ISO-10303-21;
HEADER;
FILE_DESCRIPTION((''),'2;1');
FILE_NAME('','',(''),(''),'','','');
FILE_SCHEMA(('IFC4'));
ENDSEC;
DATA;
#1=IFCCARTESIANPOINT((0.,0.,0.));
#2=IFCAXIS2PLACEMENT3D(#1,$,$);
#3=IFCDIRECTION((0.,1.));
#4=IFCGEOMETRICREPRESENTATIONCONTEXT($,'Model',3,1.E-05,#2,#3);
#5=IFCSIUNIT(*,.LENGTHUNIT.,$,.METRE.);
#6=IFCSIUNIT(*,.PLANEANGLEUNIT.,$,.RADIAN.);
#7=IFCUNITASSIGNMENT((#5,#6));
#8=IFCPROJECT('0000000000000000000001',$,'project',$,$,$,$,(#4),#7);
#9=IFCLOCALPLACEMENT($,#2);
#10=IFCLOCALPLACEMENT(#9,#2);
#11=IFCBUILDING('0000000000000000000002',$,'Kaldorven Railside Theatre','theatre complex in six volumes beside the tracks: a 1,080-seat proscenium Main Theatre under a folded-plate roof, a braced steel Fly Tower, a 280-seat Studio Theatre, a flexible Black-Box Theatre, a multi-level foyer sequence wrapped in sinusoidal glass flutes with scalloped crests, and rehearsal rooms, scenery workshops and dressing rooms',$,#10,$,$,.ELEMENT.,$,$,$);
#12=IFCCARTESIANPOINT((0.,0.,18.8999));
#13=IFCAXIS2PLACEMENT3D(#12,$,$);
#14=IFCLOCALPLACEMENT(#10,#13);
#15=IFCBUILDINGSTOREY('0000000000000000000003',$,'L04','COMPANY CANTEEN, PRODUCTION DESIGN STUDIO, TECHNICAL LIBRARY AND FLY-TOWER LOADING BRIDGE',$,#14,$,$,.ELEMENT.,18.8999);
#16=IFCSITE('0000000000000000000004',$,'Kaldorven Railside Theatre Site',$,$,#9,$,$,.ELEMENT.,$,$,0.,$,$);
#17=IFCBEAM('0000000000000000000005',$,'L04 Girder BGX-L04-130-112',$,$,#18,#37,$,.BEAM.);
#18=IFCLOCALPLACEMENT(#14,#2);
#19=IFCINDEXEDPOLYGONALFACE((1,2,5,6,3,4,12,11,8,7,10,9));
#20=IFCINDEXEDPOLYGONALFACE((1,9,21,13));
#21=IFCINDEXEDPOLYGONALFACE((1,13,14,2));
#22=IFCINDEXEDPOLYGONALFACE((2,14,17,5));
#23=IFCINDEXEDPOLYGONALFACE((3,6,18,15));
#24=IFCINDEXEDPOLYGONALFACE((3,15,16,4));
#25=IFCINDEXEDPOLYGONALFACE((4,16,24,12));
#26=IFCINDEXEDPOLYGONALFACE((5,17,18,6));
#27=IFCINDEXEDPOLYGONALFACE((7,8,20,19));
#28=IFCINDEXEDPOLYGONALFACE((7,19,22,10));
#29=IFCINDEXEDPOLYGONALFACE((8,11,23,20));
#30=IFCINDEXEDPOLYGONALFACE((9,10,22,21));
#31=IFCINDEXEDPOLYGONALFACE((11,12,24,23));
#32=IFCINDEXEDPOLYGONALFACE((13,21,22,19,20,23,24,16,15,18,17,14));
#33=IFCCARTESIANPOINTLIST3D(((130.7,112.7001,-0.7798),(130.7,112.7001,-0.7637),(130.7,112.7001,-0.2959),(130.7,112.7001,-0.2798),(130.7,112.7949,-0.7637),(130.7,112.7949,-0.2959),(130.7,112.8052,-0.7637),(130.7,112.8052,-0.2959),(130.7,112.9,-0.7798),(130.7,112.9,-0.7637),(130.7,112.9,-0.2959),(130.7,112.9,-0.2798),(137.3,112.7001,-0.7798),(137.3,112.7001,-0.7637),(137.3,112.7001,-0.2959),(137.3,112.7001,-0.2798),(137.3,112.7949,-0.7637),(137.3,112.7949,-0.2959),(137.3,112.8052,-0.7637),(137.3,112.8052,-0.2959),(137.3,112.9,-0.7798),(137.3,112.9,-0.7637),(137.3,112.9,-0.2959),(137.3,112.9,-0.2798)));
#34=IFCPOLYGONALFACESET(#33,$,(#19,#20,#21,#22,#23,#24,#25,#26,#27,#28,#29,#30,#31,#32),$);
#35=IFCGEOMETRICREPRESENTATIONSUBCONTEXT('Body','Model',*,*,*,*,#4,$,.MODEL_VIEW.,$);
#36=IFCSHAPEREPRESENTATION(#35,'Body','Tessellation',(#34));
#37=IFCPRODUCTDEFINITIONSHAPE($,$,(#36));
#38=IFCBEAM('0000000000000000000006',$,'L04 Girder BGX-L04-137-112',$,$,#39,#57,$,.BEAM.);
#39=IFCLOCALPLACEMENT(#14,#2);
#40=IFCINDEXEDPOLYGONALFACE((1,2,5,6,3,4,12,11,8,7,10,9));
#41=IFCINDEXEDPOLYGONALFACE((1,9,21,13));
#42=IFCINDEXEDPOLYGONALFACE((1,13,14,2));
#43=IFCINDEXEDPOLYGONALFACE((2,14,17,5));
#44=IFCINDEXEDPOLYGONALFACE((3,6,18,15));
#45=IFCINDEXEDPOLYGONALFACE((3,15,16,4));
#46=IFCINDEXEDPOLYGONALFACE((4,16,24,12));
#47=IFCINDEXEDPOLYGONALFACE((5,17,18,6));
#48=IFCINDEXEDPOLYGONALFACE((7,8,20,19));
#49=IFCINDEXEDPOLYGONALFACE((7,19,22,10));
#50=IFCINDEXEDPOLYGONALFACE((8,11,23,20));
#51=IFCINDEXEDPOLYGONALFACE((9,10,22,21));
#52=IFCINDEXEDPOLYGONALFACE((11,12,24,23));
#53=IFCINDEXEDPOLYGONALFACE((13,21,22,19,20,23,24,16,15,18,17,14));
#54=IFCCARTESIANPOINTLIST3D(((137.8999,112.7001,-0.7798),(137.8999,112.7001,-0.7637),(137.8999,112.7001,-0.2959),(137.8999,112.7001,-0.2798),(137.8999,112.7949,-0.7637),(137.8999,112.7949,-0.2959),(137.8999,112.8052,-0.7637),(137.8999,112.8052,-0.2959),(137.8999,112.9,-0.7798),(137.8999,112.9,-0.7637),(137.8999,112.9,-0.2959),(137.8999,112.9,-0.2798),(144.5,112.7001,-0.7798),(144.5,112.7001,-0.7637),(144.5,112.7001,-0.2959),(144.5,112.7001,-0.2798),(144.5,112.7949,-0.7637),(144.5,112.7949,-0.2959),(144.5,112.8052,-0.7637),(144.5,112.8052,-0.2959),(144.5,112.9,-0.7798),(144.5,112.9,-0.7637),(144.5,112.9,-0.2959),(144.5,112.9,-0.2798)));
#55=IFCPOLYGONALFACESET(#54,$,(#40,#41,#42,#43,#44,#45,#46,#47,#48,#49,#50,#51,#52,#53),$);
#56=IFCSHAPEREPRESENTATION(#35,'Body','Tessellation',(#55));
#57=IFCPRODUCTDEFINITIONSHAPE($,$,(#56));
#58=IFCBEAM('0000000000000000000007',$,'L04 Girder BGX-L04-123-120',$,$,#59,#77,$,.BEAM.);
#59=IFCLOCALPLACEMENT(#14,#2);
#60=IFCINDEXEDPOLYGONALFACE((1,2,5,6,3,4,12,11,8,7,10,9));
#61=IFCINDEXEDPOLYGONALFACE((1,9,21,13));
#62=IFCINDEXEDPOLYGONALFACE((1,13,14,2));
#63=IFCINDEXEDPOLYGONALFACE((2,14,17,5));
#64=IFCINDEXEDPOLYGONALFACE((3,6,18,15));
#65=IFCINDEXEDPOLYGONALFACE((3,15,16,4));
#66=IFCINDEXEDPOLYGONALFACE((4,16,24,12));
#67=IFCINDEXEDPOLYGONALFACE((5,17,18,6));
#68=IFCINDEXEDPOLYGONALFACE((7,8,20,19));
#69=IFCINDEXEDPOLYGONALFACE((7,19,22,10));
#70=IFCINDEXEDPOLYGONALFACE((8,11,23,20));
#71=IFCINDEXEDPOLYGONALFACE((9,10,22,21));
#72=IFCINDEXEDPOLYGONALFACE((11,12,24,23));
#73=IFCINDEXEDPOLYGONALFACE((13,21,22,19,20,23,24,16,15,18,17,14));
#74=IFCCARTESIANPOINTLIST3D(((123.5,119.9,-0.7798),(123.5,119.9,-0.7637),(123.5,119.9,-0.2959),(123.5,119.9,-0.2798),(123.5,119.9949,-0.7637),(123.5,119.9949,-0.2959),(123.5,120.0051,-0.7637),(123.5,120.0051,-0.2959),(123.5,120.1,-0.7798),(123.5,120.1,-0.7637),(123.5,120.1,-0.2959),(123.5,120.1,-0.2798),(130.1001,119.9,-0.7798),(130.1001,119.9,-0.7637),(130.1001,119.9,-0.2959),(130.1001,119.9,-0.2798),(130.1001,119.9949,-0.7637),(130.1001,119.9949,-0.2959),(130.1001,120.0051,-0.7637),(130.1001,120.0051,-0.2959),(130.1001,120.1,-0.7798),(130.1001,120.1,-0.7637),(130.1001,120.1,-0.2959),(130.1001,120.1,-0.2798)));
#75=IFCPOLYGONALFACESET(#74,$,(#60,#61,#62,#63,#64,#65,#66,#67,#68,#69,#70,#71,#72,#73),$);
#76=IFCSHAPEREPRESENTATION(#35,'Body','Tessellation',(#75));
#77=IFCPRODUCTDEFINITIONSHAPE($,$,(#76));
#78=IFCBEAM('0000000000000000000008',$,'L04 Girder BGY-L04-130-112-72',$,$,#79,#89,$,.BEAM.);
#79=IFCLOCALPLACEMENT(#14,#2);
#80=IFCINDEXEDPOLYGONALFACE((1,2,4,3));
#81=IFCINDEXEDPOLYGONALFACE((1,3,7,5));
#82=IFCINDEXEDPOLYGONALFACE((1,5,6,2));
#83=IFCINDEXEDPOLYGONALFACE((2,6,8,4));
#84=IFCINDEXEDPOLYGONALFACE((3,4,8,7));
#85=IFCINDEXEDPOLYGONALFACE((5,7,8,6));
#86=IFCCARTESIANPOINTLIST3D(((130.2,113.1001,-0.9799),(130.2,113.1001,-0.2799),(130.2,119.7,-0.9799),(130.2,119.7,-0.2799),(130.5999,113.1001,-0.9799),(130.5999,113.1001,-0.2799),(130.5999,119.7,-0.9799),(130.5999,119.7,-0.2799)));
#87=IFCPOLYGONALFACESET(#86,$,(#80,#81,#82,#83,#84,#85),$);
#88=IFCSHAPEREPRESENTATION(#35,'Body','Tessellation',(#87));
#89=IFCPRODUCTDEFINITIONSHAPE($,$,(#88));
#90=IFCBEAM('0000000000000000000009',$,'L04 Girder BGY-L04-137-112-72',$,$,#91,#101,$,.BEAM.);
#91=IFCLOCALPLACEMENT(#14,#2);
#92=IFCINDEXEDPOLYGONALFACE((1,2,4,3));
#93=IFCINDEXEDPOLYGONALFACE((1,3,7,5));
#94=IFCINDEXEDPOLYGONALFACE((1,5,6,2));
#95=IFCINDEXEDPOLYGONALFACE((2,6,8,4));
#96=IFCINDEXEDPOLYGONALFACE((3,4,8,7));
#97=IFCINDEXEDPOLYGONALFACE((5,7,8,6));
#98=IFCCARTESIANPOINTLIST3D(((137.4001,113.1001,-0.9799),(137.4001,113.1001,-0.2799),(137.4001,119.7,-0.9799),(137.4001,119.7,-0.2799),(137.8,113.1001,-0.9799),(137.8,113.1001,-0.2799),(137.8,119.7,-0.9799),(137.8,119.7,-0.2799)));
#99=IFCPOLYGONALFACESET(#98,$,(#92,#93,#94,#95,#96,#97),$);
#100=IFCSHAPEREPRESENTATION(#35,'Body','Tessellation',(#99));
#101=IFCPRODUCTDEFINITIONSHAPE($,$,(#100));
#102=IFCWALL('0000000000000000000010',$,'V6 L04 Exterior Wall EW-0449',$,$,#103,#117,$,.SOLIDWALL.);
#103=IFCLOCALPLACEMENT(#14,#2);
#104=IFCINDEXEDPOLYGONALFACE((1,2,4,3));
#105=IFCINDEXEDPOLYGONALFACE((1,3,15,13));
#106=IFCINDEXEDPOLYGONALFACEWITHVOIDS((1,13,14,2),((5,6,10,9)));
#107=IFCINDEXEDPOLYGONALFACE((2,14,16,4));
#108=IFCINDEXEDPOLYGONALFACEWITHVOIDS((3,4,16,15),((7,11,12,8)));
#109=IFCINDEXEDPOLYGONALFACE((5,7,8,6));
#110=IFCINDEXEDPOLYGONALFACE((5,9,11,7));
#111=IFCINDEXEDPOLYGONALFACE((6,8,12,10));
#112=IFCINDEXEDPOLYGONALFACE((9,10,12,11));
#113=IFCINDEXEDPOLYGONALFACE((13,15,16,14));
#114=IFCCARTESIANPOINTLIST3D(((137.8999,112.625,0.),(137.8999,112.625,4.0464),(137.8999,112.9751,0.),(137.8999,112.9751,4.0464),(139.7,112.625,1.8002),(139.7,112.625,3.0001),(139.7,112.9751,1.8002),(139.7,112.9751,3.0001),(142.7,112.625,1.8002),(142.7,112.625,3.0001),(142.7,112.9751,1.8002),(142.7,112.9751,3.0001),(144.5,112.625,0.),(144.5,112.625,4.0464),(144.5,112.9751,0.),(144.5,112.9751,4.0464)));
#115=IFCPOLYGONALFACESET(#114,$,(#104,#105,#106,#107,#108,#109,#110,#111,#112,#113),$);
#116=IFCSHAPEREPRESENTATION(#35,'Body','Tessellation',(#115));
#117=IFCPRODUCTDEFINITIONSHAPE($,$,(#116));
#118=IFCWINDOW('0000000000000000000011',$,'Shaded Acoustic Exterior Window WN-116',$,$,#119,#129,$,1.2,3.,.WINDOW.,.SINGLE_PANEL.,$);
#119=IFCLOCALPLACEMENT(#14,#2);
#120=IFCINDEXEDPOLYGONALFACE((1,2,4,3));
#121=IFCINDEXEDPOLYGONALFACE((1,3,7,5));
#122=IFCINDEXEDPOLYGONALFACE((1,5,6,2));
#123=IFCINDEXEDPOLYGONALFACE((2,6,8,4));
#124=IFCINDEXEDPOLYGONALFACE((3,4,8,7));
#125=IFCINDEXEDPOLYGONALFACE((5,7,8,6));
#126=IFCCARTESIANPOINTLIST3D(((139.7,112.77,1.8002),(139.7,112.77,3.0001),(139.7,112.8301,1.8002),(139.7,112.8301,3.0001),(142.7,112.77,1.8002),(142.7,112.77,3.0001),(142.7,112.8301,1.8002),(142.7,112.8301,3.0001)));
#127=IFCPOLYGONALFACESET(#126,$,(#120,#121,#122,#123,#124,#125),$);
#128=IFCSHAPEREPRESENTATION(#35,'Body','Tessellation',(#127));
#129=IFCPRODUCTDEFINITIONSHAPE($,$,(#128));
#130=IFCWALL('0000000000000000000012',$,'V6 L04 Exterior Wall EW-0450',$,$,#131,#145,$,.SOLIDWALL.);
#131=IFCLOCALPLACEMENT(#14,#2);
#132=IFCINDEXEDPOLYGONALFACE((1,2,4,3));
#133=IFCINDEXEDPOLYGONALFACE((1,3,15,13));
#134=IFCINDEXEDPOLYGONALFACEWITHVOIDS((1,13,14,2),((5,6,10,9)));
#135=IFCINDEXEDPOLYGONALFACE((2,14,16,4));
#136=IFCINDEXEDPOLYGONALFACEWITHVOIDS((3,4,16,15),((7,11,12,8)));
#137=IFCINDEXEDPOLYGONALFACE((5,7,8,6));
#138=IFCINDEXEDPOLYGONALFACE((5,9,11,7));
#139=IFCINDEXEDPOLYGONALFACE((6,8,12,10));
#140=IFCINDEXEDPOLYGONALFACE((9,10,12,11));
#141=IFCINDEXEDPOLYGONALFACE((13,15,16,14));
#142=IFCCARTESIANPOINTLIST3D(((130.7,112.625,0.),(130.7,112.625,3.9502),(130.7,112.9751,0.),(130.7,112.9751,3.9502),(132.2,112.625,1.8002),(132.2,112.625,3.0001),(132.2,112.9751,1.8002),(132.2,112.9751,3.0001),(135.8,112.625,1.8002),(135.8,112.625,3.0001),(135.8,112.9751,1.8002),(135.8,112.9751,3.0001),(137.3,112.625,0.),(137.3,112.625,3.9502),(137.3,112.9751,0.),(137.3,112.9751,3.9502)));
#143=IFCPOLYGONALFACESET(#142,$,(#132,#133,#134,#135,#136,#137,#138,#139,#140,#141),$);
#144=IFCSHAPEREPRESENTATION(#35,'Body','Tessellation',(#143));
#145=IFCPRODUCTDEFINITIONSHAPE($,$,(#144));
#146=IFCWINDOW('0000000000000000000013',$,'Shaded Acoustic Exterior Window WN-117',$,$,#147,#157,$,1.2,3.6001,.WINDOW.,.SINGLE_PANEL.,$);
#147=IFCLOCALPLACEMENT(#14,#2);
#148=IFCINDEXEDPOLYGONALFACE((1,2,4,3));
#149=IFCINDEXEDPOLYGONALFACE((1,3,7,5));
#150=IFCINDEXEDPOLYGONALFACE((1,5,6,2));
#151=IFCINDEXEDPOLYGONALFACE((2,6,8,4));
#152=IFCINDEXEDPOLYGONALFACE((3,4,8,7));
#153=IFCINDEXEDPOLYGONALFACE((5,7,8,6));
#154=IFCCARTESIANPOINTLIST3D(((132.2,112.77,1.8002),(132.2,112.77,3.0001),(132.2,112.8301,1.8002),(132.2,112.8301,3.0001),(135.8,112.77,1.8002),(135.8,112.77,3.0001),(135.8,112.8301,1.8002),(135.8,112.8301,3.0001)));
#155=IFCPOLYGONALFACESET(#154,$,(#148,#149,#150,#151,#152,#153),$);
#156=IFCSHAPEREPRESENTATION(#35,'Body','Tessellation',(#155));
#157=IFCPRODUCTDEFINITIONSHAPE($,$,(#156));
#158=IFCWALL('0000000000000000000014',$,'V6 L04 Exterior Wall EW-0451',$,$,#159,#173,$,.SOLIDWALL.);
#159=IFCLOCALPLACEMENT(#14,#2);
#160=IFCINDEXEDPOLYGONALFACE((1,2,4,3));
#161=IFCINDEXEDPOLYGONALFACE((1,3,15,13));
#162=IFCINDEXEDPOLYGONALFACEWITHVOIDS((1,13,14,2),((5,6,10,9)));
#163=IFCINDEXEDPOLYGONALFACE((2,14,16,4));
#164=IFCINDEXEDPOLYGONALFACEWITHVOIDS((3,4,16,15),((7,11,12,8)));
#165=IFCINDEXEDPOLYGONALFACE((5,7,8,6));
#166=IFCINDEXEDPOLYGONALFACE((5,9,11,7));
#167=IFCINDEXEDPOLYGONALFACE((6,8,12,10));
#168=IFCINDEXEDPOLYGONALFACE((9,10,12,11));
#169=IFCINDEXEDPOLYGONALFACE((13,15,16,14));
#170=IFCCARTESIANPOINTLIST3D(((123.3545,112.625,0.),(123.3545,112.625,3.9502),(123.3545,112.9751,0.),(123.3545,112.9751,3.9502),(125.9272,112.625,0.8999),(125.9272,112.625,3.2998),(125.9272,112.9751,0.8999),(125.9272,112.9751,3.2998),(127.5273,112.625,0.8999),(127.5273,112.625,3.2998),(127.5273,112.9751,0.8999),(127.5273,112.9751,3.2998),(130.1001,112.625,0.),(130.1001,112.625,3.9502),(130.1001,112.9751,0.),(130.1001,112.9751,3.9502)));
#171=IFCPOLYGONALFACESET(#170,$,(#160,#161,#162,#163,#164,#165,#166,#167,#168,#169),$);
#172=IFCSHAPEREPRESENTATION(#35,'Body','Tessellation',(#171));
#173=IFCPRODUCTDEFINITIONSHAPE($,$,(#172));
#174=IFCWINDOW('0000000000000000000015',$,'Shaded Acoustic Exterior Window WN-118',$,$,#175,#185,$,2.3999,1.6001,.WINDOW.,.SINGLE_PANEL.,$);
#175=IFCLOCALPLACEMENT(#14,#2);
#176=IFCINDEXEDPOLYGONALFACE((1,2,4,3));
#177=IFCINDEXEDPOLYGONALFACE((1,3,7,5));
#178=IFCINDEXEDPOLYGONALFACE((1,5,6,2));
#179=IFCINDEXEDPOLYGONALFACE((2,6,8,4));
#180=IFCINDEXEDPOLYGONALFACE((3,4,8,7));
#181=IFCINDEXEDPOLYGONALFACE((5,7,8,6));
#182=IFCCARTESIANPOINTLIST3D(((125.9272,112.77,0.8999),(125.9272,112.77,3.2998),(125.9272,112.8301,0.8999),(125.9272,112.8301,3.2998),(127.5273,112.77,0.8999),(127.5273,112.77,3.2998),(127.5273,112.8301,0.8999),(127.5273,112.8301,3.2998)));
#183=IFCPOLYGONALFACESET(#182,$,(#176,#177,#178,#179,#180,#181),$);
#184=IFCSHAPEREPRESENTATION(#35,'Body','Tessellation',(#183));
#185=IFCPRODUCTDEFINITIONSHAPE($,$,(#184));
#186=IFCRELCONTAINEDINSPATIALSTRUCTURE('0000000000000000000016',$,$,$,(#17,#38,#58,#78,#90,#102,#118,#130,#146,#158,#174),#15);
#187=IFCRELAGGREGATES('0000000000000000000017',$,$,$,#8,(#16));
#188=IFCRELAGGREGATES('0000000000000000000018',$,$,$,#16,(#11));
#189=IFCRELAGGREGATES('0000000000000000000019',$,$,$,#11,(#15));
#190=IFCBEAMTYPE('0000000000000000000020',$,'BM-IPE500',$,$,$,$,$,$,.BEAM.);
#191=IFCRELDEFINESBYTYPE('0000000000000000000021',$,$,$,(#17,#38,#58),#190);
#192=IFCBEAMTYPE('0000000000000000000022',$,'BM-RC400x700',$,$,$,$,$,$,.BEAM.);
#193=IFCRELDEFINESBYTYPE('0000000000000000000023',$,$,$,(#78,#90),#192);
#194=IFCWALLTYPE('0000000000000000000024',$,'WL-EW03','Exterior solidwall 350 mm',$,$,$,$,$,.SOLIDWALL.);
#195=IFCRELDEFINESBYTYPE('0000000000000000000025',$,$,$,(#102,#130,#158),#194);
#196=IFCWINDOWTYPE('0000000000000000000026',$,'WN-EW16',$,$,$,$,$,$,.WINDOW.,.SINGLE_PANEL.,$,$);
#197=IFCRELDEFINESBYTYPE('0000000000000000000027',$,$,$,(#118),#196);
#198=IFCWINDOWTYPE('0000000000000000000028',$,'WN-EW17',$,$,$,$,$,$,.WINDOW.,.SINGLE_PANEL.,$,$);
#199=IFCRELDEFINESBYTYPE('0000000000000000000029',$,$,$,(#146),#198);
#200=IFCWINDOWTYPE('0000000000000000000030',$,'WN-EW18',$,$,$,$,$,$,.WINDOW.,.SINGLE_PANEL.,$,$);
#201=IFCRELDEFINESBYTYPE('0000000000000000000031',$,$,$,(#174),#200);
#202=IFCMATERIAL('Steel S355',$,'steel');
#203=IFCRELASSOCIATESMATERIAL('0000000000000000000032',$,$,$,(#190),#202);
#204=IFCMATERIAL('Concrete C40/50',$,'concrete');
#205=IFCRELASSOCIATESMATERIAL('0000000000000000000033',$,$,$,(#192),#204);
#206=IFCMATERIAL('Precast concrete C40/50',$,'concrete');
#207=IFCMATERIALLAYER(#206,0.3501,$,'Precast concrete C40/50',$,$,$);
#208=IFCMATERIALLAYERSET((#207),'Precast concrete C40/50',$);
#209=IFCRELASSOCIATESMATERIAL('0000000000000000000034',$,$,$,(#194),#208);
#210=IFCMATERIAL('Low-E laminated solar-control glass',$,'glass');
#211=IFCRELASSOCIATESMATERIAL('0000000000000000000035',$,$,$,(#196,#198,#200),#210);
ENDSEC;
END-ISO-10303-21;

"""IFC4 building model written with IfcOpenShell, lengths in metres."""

from ifc_helpers import new_model, si_unit, direction, frame, frame_2d, origin, origin_2d, place, context, subcontext, project, spatial, rectangle, i_section, extrude, material, layer, layer_set, material_profile, profile_set, type_object, element, fill, save


model = new_model("IFC4")

# Units and contexts
model_context = context("Model", 3, precision=1e-05, world=origin(), true_north=direction((0.0, 1.0)))
body_context = subcontext(model_context, "Body", "Model", "MODEL_VIEW")
ifc_project = project(units=[si_unit("LENGTHUNIT", "METRE"), si_unit("PLANEANGLEUNIT", "RADIAN")], contexts=[model_context])

# Site, building, storey
site_placement = place(None, origin())
site = spatial("IfcSite", under=ifc_project, at=site_placement, Name="Kaldorven Railside Theatre Site", CompositionType="ELEMENT", RefElevation=0.0)
building_placement = place(site_placement, origin())
building = spatial("IfcBuilding", under=site, at=building_placement, Name="Kaldorven Railside Theatre", Description="theatre complex in six volumes beside the tracks: a 1,080-seat proscenium Main Theatre under a folded-plate roof, a braced steel Fly Tower, a 280-seat Studio Theatre, a flexible Black-Box Theatre, a multi-level foyer sequence wrapped in sinusoidal glass flutes with scalloped crests, and rehearsal rooms, scenery workshops and dressing rooms", CompositionType="ELEMENT")
storey_placement = place(building_placement, frame((0.0, 0.0, 18.8999)))
storey = spatial("IfcBuildingStorey", under=building, at=storey_placement, Name="L04", Description="COMPANY CANTEEN, PRODUCTION DESIGN STUDIO, TECHNICAL LIBRARY AND FLY-TOWER LOADING BRIDGE", CompositionType="ELEMENT", Elevation=18.8999)

# Shared definitions
ifc_material_1 = material(Name="Concrete C40/50", Category="concrete")

# Beams
ifc_material_2 = material(Name="Steel S355", Category="steel")
ifc_material_profile_1 = material_profile(ifc_material_2, i_section(OverallWidth=0.2, OverallDepth=0.5, WebThickness=0.0103, FlangeThickness=0.0161, at=origin_2d()), Name="IPE 500")
ifc_profile_set_1 = profile_set([ifc_material_profile_1], Name="Steel S355")
beam_type_1 = type_object("IfcBeamType", Name="BM-IPE500", PredefinedType="BEAM", material=ifc_profile_set_1)
for number, where, z_axis, x_axis, name in (
    (1, (130.7, 112.8, -0.5298), (1.0, 0.0, 0.0), (0.0, 1.0, 0.0), "L04 Girder BGX-L04-130-112"),
    (2, (137.8999, 112.8, -0.5298), (1.0, 0.0, 0.0), (0.0, 1.0, 0.0), "L04 Girder BGX-L04-137-112"),
    (3, (123.5, 120.0, -0.5298), (1.0, 0.0, 0.0), (0.0, 1.0, 0.0), "L04 Girder BGX-L04-123-120"),
):
    element("IfcBeam", number, at=place(storey_placement, frame(where, z_axis=z_axis, x_axis=x_axis)), inside=storey, type_object=beam_type_1, Name=name, PredefinedType="BEAM", context=body_context, shape_type="SweptSolid", body=[
        extrude(i_section(OverallWidth=0.2, OverallDepth=0.5, WebThickness=0.0103, FlangeThickness=0.0161, at=origin_2d()), origin(), (0.0, 0.0, 1.0), 6.6001),
    ])
ifc_material_profile_2 = material_profile(ifc_material_1, rectangle(XDim=0.3999, YDim=0.7, at=origin_2d()), Name="RC 400x700")
ifc_profile_set_2 = profile_set([ifc_material_profile_2], Name="Concrete C40/50")
beam_type_2 = type_object("IfcBeamType", Name="BM-RC400x700", PredefinedType="BEAM", material=ifc_profile_set_2)
for number, where, z_axis, x_axis, name in (
    (4, (130.3999, 113.1001, -0.6299), (0.0, 1.0, 0.0), (-1.0, 0.0, 0.0), "L04 Girder BGY-L04-130-112-72"),
    (5, (137.6001, 113.1001, -0.6299), (0.0, 1.0, 0.0), (-1.0, 0.0, 0.0), "L04 Girder BGY-L04-137-112-72"),
):
    element("IfcBeam", number, at=place(storey_placement, frame(where, z_axis=z_axis, x_axis=x_axis)), inside=storey, type_object=beam_type_2, Name=name, PredefinedType="BEAM", context=body_context, shape_type="SweptSolid", body=[
        extrude(rectangle(XDim=0.3999, YDim=0.7, at=origin_2d()), origin(), (0.0, 0.0, 1.0), 6.5999),
    ])

# Walls, openings, windows
ifc_material_3 = material(Name="Precast concrete C40/50", Category="concrete")
ifc_layer_1 = layer(ifc_material_3, 0.3501, Name="Precast concrete C40/50")
ifc_layer_set_1 = layer_set([ifc_layer_1], Name="Precast concrete C40/50")
wall_type_1 = type_object("IfcWallType", Name="WL-EW03", Description="Exterior solidwall 350 mm", PredefinedType="SOLIDWALL", material=ifc_layer_set_1)
wall_1_placement = place(storey_placement, frame((144.5, 112.8, 0.0), z_axis=(0.0, 0.0, 1.0), x_axis=(-1.0, 0.0, 0.0)))
wall_1 = element("IfcWall", 6, at=wall_1_placement, inside=storey, type_object=wall_type_1, Name="V6 L04 Exterior Wall EW-0449", PredefinedType="SOLIDWALL", context=body_context, shape_type="SweptSolid", body=[
    extrude(rectangle(XDim=6.6001, YDim=0.3501, at=frame_2d((3.3, 0.0))), origin(), (0.0, 0.0, 1.0), 4.0464),
])
opening_1_placement = place(wall_1_placement, frame((1.8, 0.0, 1.8)))
opening_1 = element("IfcOpeningElement", 7, at=opening_1_placement, cuts=wall_1, PredefinedType="OPENING", context=body_context, shape_type="SweptSolid", body=[
    extrude(rectangle(XDim=3.0, YDim=1.2, at=frame_2d((1.5, 0.6001))), frame((0.0, 0.1851, 0.0), z_axis=(0.0, -1.0, 0.0), x_axis=(1.0, 0.0, 0.0)), (0.0, 0.0, 1.0), 0.3701),
])
ifc_material_4 = material(Name="Low-E laminated solar-control glass", Category="glass")
window_type_1 = type_object("IfcWindowType", Name="WN-EW16", PartitioningType="SINGLE_PANEL", PredefinedType="WINDOW", material=ifc_material_4)
window_1_placement = place(opening_1_placement, origin())
window_1 = element("IfcWindow", 8, at=window_1_placement, inside=storey, type_object=window_type_1, Name="Shaded Acoustic Exterior Window WN-116", OverallHeight=1.2, OverallWidth=3.0, PartitioningType="SINGLE_PANEL", PredefinedType="WINDOW", context=body_context, shape_type="SweptSolid", body=[
    extrude(rectangle(XDim=3.0, YDim=1.2, at=frame_2d((1.5, 0.6001))), frame((0.0, 0.03, 0.0), z_axis=(0.0, -1.0, 0.0), x_axis=(1.0, 0.0, 0.0)), (0.0, 0.0, 1.0), 0.0601),
])
fill(opening_1, window_1)
wall_2_placement = place(storey_placement, frame((137.3, 112.8, 0.0), z_axis=(0.0, 0.0, 1.0), x_axis=(-1.0, 0.0, 0.0)))
wall_2 = element("IfcWall", 9, at=wall_2_placement, inside=storey, type_object=wall_type_1, Name="V6 L04 Exterior Wall EW-0450", PredefinedType="SOLIDWALL", context=body_context, shape_type="SweptSolid", body=[
    extrude(rectangle(XDim=6.6001, YDim=0.3501, at=frame_2d((3.3, 0.0))), origin(), (0.0, 0.0, 1.0), 3.9502),
])
opening_2_placement = place(wall_2_placement, frame((1.5, 0.0, 1.8)))
opening_2 = element("IfcOpeningElement", 10, at=opening_2_placement, cuts=wall_2, PredefinedType="OPENING", context=body_context, shape_type="SweptSolid", body=[
    extrude(rectangle(XDim=3.6001, YDim=1.2, at=frame_2d((1.8, 0.6001))), frame((0.0, 0.1851, 0.0), z_axis=(0.0, -1.0, 0.0), x_axis=(1.0, 0.0, 0.0)), (0.0, 0.0, 1.0), 0.3701),
])
window_type_2 = type_object("IfcWindowType", Name="WN-EW17", PartitioningType="SINGLE_PANEL", PredefinedType="WINDOW", material=ifc_material_4)
window_2_placement = place(opening_2_placement, origin())
window_2 = element("IfcWindow", 11, at=window_2_placement, inside=storey, type_object=window_type_2, Name="Shaded Acoustic Exterior Window WN-117", OverallHeight=1.2, OverallWidth=3.6001, PartitioningType="SINGLE_PANEL", PredefinedType="WINDOW", context=body_context, shape_type="SweptSolid", body=[
    extrude(rectangle(XDim=3.6001, YDim=1.2, at=frame_2d((1.8, 0.6001))), frame((0.0, 0.03, 0.0), z_axis=(0.0, -1.0, 0.0), x_axis=(1.0, 0.0, 0.0)), (0.0, 0.0, 1.0), 0.0601),
])
fill(opening_2, window_2)
wall_3_placement = place(storey_placement, frame((130.1001, 112.8, 0.0), z_axis=(0.0, 0.0, 1.0), x_axis=(-1.0, 0.0, 0.0)))
wall_3 = element("IfcWall", 12, at=wall_3_placement, inside=storey, type_object=wall_type_1, Name="V6 L04 Exterior Wall EW-0451", PredefinedType="SOLIDWALL", context=body_context, shape_type="SweptSolid", body=[
    extrude(rectangle(XDim=6.7456, YDim=0.3501, at=frame_2d((3.3728, 0.0))), origin(), (0.0, 0.0, 1.0), 3.9502),
])
opening_3_placement = place(wall_3_placement, frame((2.5728, 0.0, 0.8999)))
opening_3 = element("IfcOpeningElement", 13, at=opening_3_placement, cuts=wall_3, PredefinedType="OPENING", context=body_context, shape_type="SweptSolid", body=[
    extrude(rectangle(XDim=1.6001, YDim=2.3999, at=frame_2d((0.8, 1.2))), frame((0.0, 0.1851, 0.0), z_axis=(0.0, -1.0, 0.0), x_axis=(1.0, 0.0, 0.0)), (0.0, 0.0, 1.0), 0.3701),
])
window_type_3 = type_object("IfcWindowType", Name="WN-EW18", PartitioningType="SINGLE_PANEL", PredefinedType="WINDOW", material=ifc_material_4)
window_3_placement = place(opening_3_placement, origin())
window_3 = element("IfcWindow", 14, at=window_3_placement, inside=storey, type_object=window_type_3, Name="Shaded Acoustic Exterior Window WN-118", OverallHeight=2.3999, OverallWidth=1.6001, PartitioningType="SINGLE_PANEL", PredefinedType="WINDOW", context=body_context, shape_type="SweptSolid", body=[
    extrude(rectangle(XDim=1.6001, YDim=2.3999, at=frame_2d((0.8, 1.2))), frame((0.0, 0.03, 0.0), z_axis=(0.0, -1.0, 0.0), x_axis=(1.0, 0.0, 0.0)), (0.0, 0.0, 1.0), 0.0601),
])
fill(opening_3, window_3)

save(model, "model.ifc")
